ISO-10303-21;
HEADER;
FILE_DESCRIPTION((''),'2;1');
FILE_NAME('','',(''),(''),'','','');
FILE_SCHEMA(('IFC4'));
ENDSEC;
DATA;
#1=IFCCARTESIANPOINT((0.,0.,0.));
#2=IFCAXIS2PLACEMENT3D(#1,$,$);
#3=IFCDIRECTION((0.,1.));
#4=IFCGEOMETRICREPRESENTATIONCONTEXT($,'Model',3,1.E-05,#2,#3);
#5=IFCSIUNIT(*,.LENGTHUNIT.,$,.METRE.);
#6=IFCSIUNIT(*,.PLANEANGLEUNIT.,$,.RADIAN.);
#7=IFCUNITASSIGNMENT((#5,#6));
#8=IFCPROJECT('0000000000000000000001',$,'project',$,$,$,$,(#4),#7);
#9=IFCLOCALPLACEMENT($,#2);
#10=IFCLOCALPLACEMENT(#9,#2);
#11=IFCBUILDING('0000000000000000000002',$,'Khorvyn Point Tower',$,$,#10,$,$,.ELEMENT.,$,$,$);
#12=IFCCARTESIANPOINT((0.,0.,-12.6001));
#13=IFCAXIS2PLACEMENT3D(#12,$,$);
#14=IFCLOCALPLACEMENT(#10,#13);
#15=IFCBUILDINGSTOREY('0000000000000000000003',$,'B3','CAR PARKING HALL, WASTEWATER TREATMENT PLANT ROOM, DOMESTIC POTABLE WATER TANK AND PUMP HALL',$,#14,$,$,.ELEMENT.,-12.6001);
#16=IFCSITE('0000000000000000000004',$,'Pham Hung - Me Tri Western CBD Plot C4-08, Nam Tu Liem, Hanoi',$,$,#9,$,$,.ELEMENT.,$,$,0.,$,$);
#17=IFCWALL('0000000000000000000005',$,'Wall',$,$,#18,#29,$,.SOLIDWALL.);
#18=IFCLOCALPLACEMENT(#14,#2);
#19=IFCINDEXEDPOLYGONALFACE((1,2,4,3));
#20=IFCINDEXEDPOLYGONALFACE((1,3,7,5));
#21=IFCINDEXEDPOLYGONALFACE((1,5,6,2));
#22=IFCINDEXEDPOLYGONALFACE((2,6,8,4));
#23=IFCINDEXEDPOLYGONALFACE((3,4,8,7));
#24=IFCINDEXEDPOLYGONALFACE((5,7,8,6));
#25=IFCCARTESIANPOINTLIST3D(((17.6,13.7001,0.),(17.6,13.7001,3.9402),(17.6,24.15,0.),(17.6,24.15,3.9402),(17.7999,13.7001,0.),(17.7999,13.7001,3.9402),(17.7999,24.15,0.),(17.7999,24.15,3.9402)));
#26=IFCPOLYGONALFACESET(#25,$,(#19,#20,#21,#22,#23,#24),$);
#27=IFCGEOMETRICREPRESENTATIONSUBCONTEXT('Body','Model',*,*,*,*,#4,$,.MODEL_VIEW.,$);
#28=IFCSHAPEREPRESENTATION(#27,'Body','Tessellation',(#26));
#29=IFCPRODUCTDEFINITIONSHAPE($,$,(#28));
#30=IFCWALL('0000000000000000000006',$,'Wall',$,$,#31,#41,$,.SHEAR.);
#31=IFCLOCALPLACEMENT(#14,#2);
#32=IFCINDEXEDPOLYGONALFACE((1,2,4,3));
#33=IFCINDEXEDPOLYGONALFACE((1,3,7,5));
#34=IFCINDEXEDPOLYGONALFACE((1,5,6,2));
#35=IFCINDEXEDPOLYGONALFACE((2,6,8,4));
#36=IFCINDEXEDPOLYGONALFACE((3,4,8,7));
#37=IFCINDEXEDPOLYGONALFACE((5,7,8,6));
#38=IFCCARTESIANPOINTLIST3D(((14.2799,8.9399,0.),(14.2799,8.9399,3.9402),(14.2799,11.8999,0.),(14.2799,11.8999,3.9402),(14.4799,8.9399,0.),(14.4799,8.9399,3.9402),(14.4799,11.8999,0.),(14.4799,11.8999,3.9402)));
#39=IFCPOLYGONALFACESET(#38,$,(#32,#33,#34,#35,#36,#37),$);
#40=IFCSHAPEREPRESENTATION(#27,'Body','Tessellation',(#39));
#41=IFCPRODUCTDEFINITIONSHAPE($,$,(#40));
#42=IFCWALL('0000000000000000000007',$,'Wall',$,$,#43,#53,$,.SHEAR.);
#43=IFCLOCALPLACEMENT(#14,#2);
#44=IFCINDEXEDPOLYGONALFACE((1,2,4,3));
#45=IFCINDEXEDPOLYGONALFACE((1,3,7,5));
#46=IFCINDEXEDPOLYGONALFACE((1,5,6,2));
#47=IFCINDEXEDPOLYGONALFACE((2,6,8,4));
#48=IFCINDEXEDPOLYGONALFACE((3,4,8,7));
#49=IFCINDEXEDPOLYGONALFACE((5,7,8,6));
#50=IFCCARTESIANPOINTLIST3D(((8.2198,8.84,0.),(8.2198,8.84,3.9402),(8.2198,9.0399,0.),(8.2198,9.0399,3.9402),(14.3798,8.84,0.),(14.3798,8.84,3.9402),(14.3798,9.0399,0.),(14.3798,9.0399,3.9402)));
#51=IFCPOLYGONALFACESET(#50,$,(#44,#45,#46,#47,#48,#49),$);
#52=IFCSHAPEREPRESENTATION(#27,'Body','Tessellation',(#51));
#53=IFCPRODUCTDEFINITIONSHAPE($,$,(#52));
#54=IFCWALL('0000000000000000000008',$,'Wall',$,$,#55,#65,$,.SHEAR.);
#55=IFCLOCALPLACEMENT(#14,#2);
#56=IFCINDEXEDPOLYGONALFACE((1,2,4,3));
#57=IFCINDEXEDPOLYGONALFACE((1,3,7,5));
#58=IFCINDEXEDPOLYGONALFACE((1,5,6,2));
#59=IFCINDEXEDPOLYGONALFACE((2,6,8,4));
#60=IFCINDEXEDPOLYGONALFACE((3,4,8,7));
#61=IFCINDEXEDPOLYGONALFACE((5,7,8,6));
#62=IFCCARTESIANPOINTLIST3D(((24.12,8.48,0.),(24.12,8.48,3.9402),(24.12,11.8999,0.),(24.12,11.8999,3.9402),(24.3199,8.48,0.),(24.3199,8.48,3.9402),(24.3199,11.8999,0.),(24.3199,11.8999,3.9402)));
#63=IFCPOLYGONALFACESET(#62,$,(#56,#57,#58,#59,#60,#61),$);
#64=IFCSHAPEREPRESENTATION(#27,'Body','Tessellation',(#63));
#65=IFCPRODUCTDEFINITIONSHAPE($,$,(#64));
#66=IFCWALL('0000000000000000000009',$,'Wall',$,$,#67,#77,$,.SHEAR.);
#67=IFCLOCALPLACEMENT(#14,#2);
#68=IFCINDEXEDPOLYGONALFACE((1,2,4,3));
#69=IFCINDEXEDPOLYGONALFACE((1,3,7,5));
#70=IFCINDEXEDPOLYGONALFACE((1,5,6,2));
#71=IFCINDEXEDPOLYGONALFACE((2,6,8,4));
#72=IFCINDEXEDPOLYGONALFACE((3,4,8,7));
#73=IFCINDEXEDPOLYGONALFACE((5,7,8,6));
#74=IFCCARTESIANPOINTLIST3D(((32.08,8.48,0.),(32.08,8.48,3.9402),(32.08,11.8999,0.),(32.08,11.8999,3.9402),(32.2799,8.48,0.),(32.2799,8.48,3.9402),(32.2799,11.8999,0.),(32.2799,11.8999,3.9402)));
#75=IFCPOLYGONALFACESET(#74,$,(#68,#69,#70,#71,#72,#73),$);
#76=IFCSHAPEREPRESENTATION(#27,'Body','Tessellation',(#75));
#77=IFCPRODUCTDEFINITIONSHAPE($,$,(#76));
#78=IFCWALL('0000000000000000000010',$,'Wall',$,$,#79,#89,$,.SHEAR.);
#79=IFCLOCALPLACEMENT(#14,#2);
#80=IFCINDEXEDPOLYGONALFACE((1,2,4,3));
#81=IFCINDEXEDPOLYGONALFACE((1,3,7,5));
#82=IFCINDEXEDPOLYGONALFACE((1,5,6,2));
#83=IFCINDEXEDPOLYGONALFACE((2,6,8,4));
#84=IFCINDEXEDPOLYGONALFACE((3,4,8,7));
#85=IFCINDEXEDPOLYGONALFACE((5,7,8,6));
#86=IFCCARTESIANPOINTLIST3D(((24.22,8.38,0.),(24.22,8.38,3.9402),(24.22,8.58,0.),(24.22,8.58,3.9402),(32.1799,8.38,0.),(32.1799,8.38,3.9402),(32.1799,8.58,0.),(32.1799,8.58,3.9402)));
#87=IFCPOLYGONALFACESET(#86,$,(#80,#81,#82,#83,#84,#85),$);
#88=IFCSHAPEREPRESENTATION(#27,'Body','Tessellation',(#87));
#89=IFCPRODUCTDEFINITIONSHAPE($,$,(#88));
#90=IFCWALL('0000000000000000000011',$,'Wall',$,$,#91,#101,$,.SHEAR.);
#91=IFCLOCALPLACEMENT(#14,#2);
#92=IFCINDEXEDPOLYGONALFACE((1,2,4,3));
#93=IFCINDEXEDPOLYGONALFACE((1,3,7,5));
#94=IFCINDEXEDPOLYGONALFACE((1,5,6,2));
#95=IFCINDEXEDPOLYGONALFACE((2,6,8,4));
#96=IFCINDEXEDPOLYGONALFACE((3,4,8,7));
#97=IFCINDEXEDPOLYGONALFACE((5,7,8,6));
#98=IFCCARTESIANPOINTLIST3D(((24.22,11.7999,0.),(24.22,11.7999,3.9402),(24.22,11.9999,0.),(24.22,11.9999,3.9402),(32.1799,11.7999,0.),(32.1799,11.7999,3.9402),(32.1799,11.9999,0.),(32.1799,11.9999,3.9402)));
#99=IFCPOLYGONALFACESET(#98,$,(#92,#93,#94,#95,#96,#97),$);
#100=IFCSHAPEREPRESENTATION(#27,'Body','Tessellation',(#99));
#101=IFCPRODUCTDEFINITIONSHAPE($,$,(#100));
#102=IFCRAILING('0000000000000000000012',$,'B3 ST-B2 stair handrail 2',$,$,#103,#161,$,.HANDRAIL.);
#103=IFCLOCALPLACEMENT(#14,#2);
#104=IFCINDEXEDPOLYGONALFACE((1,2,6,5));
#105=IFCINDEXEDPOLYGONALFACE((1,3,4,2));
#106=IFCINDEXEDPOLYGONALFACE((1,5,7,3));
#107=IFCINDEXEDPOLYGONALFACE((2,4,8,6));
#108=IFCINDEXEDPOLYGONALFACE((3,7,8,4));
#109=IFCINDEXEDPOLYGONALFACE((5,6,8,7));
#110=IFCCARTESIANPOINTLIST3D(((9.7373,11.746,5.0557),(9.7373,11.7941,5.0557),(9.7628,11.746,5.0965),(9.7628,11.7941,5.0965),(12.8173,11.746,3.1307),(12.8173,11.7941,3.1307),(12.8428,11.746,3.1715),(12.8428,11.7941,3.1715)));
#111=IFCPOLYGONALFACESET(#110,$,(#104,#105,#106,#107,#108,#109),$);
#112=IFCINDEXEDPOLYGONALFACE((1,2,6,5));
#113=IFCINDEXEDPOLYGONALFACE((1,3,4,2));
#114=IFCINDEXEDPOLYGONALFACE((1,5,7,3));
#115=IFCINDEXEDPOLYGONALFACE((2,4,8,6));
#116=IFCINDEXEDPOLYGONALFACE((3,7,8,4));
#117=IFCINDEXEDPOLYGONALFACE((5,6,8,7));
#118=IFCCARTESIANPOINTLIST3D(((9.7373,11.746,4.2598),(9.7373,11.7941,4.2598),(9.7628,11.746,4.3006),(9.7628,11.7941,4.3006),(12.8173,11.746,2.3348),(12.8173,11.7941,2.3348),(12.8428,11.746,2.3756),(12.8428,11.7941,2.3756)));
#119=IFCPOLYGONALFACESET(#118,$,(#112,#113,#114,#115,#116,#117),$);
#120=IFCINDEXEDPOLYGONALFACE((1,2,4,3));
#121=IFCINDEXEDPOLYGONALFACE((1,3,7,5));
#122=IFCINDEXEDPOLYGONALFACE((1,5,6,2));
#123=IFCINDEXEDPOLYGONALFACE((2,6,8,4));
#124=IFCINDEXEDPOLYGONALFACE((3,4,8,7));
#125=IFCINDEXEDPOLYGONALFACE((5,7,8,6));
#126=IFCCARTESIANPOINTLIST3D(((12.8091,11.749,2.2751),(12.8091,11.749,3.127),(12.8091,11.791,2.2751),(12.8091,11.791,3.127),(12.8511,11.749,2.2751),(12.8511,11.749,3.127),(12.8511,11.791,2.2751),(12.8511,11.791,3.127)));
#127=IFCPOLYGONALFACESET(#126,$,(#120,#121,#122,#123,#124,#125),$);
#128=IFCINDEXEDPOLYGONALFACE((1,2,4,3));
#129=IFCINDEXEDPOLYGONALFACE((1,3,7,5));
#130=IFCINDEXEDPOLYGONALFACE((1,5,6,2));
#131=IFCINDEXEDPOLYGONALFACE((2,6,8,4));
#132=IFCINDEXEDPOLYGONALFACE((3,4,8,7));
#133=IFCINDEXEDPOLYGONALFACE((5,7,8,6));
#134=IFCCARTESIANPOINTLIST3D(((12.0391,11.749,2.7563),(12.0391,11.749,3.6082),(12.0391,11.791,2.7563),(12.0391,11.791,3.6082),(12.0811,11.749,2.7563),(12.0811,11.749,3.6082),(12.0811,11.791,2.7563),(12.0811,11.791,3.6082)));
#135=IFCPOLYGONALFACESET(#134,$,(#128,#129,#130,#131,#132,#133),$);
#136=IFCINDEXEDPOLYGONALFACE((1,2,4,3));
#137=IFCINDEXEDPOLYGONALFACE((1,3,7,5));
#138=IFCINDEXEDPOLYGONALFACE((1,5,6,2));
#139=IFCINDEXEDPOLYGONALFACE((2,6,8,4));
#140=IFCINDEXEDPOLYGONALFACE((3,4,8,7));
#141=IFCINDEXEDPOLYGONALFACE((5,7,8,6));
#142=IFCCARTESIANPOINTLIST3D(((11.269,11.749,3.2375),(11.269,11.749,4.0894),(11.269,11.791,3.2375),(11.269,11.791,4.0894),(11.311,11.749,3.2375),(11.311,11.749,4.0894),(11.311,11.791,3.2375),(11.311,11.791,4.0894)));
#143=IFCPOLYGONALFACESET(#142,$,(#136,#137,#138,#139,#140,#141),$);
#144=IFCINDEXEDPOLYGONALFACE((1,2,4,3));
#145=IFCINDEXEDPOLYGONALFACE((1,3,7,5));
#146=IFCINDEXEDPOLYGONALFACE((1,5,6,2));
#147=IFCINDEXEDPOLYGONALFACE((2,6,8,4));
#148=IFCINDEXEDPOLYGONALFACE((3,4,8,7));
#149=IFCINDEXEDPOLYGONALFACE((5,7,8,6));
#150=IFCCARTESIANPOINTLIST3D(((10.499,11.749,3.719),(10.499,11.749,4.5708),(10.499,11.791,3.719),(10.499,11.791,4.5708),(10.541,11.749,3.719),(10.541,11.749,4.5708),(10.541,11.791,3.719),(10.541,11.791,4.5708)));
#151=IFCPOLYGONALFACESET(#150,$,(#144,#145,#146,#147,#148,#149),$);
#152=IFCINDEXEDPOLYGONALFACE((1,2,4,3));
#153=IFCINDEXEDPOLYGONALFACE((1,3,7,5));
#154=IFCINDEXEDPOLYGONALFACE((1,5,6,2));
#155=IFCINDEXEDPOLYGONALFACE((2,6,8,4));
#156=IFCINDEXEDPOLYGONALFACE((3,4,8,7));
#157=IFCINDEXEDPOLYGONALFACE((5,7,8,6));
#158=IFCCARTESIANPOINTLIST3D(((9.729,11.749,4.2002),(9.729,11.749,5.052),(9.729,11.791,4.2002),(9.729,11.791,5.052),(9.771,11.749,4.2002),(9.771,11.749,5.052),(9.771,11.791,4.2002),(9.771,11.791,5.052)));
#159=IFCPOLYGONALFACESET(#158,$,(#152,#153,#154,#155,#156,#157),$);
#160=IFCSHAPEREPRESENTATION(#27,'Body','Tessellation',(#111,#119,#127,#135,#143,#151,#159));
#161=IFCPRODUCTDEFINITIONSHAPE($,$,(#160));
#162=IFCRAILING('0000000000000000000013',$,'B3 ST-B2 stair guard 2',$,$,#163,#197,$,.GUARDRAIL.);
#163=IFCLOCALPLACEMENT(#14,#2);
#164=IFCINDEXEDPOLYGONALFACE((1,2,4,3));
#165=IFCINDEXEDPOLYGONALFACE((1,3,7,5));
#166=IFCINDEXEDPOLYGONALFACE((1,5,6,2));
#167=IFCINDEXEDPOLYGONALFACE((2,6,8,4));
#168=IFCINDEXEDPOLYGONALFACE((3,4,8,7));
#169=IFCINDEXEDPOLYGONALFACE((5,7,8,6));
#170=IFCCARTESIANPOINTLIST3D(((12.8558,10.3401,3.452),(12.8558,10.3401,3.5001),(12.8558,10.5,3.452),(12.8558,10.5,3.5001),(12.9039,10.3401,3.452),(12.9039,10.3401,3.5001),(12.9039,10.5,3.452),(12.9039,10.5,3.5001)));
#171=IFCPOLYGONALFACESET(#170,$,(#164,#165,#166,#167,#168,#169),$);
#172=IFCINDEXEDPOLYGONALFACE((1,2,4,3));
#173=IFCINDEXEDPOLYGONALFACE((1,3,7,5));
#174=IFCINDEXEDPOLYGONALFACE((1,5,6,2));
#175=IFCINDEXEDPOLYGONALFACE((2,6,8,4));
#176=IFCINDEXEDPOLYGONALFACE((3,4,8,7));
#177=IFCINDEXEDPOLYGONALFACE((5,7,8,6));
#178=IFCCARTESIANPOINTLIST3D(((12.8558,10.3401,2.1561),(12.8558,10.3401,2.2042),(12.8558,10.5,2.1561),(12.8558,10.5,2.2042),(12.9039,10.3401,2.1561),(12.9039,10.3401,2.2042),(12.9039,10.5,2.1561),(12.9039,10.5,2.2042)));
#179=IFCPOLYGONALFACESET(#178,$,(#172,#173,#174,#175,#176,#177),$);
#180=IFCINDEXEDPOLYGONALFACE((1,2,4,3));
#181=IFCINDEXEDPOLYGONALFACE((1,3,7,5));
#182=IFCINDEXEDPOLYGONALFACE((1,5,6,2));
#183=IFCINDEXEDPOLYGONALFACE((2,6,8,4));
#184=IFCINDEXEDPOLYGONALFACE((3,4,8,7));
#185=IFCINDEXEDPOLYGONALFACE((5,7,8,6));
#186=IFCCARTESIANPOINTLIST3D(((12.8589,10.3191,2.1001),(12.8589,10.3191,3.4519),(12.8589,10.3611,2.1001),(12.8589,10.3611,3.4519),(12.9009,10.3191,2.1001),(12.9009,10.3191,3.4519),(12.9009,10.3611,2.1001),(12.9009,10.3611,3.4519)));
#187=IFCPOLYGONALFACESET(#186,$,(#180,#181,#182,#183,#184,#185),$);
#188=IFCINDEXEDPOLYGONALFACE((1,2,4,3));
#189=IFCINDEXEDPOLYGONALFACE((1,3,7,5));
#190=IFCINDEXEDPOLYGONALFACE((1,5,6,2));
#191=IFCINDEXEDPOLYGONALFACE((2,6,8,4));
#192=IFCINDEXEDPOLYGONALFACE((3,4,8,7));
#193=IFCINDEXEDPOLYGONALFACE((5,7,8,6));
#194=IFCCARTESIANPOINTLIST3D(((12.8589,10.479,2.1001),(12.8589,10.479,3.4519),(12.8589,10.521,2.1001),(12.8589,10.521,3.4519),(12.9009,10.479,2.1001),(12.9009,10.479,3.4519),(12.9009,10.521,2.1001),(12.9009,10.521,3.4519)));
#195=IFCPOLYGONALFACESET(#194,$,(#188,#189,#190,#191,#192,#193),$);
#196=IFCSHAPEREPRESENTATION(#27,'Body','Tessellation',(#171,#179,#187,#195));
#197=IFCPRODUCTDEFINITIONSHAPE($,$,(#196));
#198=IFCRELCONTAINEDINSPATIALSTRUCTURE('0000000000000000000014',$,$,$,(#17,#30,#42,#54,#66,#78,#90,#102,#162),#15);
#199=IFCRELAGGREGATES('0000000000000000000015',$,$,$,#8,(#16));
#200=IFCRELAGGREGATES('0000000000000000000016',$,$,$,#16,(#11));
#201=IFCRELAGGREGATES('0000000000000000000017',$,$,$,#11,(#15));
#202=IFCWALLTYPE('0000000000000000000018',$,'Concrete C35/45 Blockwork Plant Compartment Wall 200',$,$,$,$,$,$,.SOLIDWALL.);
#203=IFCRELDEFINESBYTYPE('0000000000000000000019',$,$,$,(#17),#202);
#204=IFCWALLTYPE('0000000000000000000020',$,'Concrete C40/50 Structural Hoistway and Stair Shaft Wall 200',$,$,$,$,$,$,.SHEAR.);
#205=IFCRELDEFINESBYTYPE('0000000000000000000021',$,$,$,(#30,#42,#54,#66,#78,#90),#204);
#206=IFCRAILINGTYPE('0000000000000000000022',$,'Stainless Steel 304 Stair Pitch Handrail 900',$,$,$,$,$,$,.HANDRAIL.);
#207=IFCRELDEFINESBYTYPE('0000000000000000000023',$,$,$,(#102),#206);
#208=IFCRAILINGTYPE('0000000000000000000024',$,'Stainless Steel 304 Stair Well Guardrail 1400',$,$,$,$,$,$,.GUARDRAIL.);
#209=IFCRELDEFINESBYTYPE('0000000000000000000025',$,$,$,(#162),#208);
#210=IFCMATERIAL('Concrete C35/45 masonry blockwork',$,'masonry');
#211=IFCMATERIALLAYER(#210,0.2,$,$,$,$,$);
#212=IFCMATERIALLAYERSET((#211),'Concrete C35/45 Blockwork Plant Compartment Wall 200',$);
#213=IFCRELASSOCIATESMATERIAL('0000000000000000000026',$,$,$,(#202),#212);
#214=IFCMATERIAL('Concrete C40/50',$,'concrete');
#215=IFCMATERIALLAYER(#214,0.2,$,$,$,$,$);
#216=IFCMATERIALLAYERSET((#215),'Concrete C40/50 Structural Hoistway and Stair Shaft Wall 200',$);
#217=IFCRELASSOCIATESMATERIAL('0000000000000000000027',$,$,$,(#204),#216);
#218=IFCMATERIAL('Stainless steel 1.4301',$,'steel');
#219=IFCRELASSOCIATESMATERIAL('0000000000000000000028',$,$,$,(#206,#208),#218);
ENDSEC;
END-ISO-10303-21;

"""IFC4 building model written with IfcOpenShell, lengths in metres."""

from ifc_helpers import new_model, si_unit, direction, frame, frame_2d, origin, origin_2d, place, context, subcontext, project, spatial, rectangle, extrude, material, layer, layer_set, type_object, element, save


model = new_model("IFC4")

# Units and contexts
model_context = context("Model", 3, precision=1e-05, world=origin(), true_north=direction((0.0, 1.0)))
body_context = subcontext(model_context, "Body", "Model", "MODEL_VIEW")
ifc_project = project(units=[si_unit("LENGTHUNIT", "METRE"), si_unit("PLANEANGLEUNIT", "RADIAN")], contexts=[model_context])

# Site, building, storey
site_placement = place(None, origin())
site = spatial("IfcSite", under=ifc_project, at=site_placement, Name="Pham Hung - Me Tri Western CBD Plot C4-08, Nam Tu Liem, Hanoi", CompositionType="ELEMENT", RefElevation=0.0)
building_placement = place(site_placement, origin())
building = spatial("IfcBuilding", under=site, at=building_placement, Name="Khorvyn Point Tower", CompositionType="ELEMENT")
storey_placement = place(building_placement, frame((0.0, 0.0, -12.6001)))
storey = spatial("IfcBuildingStorey", under=building, at=storey_placement, Name="B3", Description="CAR PARKING HALL, WASTEWATER TREATMENT PLANT ROOM, DOMESTIC POTABLE WATER TANK AND PUMP HALL", CompositionType="ELEMENT", Elevation=-12.6001)

# Shared definitions
ifc_material_1 = material(Name="Concrete C40/50", Category="concrete")

# Walls
ifc_material_2 = material(Name="Concrete C35/45 masonry blockwork", Category="masonry")
ifc_layer_1 = layer(ifc_material_2, 0.2)
ifc_layer_set_1 = layer_set([ifc_layer_1], Name="Concrete C35/45 Blockwork Plant Compartment Wall 200")
wall_type_1 = type_object("IfcWallType", Name="Concrete C35/45 Blockwork Plant Compartment Wall 200", PredefinedType="SOLIDWALL", material=ifc_layer_set_1)
wall_1_placement = place(storey_placement, frame((17.7, 13.7, 0.0), z_axis=(0.0, 0.0, 1.0), x_axis=(0.0, 1.0, 0.0)))
element("IfcWall", 1, at=wall_1_placement, inside=storey, type_object=wall_type_1, Name="Wall", PredefinedType="SOLIDWALL", context=body_context, shape_type="SweptSolid", body=[
    extrude(rectangle(XDim=10.45, YDim=0.2, at=frame_2d((5.2251, 0.0))), origin(), (0.0, 0.0, 1.0), 3.9402),
])
ifc_layer_2 = layer(ifc_material_1, 0.2)
ifc_layer_set_2 = layer_set([ifc_layer_2], Name="Concrete C40/50 Structural Hoistway and Stair Shaft Wall 200")
wall_type_2 = type_object("IfcWallType", Name="Concrete C40/50 Structural Hoistway and Stair Shaft Wall 200", PredefinedType="SHEAR", material=ifc_layer_set_2)
wall_2_placement = place(storey_placement, frame((14.3799, 11.8999, 0.0), z_axis=(0.0, 0.0, 1.0), x_axis=(0.0, -1.0, 0.0)))
element("IfcWall", 2, at=wall_2_placement, inside=storey, type_object=wall_type_2, Name="Wall", PredefinedType="SHEAR", context=body_context, shape_type="SweptSolid", body=[
    extrude(rectangle(XDim=2.96, YDim=0.2, at=frame_2d((1.48, 0.0))), origin(), (0.0, 0.0, 1.0), 3.9402),
])
wall_3_placement = place(storey_placement, frame((14.3799, 8.9399, 0.0), z_axis=(0.0, 0.0, 1.0), x_axis=(-1.0, 0.0, 0.0)))
element("IfcWall", 3, at=wall_3_placement, inside=storey, type_object=wall_type_2, Name="Wall", PredefinedType="SHEAR", context=body_context, shape_type="SweptSolid", body=[
    extrude(rectangle(XDim=6.1599, YDim=0.2, at=frame_2d((3.0801, 0.0))), origin(), (0.0, 0.0, 1.0), 3.9402),
])
for number, where, z_axis, x_axis, name in (
    (4, (24.22, 8.48, 0.0), (0.0, 0.0, 1.0), (0.0, 1.0, 0.0), "Wall"),
    (5, (32.1799, 11.8999, 0.0), (0.0, 0.0, 1.0), (0.0, -1.0, 0.0), "Wall"),
):
    element("IfcWall", number, at=place(storey_placement, frame(where, z_axis=z_axis, x_axis=x_axis)), inside=storey, type_object=wall_type_2, Name=name, PredefinedType="SHEAR", context=body_context, shape_type="SweptSolid", body=[
        extrude(rectangle(XDim=3.4199, YDim=0.2, at=frame_2d((1.71, 0.0))), origin(), (0.0, 0.0, 1.0), 3.9402),
    ])
for number, where, z_axis, x_axis, name in (
    (6, (32.1799, 8.48, 0.0), (0.0, 0.0, 1.0), (-1.0, 0.0, 0.0), "Wall"),
    (7, (24.22, 11.8999, 0.0), (0.0, 0.0, 1.0), (1.0, 0.0, 0.0), "Wall"),
):
    element("IfcWall", number, at=place(storey_placement, frame(where, z_axis=z_axis, x_axis=x_axis)), inside=storey, type_object=wall_type_2, Name=name, PredefinedType="SHEAR", context=body_context, shape_type="SweptSolid", body=[
        extrude(rectangle(XDim=7.96, YDim=0.2, at=frame_2d((3.98, 0.0))), origin(), (0.0, 0.0, 1.0), 3.9402),
    ])

# Railings
ifc_material_3 = material(Name="Stainless steel 1.4301", Category="steel")
railing_type_1 = type_object("IfcRailingType", Name="Stainless Steel 304 Stair Pitch Handrail 900", PredefinedType="HANDRAIL", material=ifc_material_3)
railing_1_placement = place(storey_placement, frame((12.8301, 11.77, 2.2751)))
element("IfcRailing", 8, at=railing_1_placement, inside=storey, type_object=railing_type_1, Name="B3 ST-B2 stair handrail 2", PredefinedType="HANDRAIL", context=body_context, shape_type="SweptSolid", body=[
    extrude(rectangle(XDim=0.0481, YDim=0.0481, at=origin_2d()), frame((0.0, 0.0, 0.876), z_axis=(-0.847998, 0.0, 0.529999), x_axis=(0.0, -1.0, 0.0)), (0.0, 0.0, 1.0), 3.6321),
    extrude(rectangle(XDim=0.0481, YDim=0.0481, at=origin_2d()), frame((0.0, 0.0, 0.0801), z_axis=(-0.847998, 0.0, 0.529999), x_axis=(0.0, -1.0, 0.0)), (0.0, 0.0, 1.0), 3.6321),
    extrude(rectangle(XDim=0.042, YDim=0.042, at=origin_2d()), origin(), (0.0, 0.0, 1.0), 0.8518),
    extrude(rectangle(XDim=0.042, YDim=0.042, at=origin_2d()), frame((-0.77, 0.0, 0.4812)), (0.0, 0.0, 1.0), 0.8518),
    extrude(rectangle(XDim=0.042, YDim=0.042, at=origin_2d()), frame((-1.54, 0.0, 0.9624)), (0.0, 0.0, 1.0), 0.8518),
    extrude(rectangle(XDim=0.042, YDim=0.042, at=origin_2d()), frame((-2.3101, 0.0, 1.4438)), (0.0, 0.0, 1.0), 0.8518),
    extrude(rectangle(XDim=0.042, YDim=0.042, at=origin_2d()), frame((-3.0801, 0.0, 1.925)), (0.0, 0.0, 1.0), 0.8518),
])
railing_type_2 = type_object("IfcRailingType", Name="Stainless Steel 304 Stair Well Guardrail 1400", PredefinedType="GUARDRAIL", material=ifc_material_3)
railing_2_placement = place(storey_placement, frame((12.8799, 10.3401, 2.1001)))
element("IfcRailing", 9, at=railing_2_placement, inside=storey, type_object=railing_type_2, Name="B3 ST-B2 stair guard 2", PredefinedType="GUARDRAIL", context=body_context, shape_type="SweptSolid", body=[
    extrude(rectangle(XDim=0.0481, YDim=0.0481, at=origin_2d()), frame((0.0, 0.0, 1.376), z_axis=(0.0, 1.0, 0.0), x_axis=(-1.0, 0.0, 0.0)), (0.0, 0.0, 1.0), 0.1599),
    extrude(rectangle(XDim=0.0481, YDim=0.0481, at=origin_2d()), frame((0.0, 0.0, 0.0801), z_axis=(0.0, 1.0, 0.0), x_axis=(-1.0, 0.0, 0.0)), (0.0, 0.0, 1.0), 0.1599),
    extrude(rectangle(XDim=0.042, YDim=0.042, at=origin_2d()), origin(), (0.0, 0.0, 1.0), 1.3518),
    extrude(rectangle(XDim=0.042, YDim=0.042, at=origin_2d()), frame((0.0, 0.1599, 0.0)), (0.0, 0.0, 1.0), 1.3518),
])

save(model, "model.ifc")
